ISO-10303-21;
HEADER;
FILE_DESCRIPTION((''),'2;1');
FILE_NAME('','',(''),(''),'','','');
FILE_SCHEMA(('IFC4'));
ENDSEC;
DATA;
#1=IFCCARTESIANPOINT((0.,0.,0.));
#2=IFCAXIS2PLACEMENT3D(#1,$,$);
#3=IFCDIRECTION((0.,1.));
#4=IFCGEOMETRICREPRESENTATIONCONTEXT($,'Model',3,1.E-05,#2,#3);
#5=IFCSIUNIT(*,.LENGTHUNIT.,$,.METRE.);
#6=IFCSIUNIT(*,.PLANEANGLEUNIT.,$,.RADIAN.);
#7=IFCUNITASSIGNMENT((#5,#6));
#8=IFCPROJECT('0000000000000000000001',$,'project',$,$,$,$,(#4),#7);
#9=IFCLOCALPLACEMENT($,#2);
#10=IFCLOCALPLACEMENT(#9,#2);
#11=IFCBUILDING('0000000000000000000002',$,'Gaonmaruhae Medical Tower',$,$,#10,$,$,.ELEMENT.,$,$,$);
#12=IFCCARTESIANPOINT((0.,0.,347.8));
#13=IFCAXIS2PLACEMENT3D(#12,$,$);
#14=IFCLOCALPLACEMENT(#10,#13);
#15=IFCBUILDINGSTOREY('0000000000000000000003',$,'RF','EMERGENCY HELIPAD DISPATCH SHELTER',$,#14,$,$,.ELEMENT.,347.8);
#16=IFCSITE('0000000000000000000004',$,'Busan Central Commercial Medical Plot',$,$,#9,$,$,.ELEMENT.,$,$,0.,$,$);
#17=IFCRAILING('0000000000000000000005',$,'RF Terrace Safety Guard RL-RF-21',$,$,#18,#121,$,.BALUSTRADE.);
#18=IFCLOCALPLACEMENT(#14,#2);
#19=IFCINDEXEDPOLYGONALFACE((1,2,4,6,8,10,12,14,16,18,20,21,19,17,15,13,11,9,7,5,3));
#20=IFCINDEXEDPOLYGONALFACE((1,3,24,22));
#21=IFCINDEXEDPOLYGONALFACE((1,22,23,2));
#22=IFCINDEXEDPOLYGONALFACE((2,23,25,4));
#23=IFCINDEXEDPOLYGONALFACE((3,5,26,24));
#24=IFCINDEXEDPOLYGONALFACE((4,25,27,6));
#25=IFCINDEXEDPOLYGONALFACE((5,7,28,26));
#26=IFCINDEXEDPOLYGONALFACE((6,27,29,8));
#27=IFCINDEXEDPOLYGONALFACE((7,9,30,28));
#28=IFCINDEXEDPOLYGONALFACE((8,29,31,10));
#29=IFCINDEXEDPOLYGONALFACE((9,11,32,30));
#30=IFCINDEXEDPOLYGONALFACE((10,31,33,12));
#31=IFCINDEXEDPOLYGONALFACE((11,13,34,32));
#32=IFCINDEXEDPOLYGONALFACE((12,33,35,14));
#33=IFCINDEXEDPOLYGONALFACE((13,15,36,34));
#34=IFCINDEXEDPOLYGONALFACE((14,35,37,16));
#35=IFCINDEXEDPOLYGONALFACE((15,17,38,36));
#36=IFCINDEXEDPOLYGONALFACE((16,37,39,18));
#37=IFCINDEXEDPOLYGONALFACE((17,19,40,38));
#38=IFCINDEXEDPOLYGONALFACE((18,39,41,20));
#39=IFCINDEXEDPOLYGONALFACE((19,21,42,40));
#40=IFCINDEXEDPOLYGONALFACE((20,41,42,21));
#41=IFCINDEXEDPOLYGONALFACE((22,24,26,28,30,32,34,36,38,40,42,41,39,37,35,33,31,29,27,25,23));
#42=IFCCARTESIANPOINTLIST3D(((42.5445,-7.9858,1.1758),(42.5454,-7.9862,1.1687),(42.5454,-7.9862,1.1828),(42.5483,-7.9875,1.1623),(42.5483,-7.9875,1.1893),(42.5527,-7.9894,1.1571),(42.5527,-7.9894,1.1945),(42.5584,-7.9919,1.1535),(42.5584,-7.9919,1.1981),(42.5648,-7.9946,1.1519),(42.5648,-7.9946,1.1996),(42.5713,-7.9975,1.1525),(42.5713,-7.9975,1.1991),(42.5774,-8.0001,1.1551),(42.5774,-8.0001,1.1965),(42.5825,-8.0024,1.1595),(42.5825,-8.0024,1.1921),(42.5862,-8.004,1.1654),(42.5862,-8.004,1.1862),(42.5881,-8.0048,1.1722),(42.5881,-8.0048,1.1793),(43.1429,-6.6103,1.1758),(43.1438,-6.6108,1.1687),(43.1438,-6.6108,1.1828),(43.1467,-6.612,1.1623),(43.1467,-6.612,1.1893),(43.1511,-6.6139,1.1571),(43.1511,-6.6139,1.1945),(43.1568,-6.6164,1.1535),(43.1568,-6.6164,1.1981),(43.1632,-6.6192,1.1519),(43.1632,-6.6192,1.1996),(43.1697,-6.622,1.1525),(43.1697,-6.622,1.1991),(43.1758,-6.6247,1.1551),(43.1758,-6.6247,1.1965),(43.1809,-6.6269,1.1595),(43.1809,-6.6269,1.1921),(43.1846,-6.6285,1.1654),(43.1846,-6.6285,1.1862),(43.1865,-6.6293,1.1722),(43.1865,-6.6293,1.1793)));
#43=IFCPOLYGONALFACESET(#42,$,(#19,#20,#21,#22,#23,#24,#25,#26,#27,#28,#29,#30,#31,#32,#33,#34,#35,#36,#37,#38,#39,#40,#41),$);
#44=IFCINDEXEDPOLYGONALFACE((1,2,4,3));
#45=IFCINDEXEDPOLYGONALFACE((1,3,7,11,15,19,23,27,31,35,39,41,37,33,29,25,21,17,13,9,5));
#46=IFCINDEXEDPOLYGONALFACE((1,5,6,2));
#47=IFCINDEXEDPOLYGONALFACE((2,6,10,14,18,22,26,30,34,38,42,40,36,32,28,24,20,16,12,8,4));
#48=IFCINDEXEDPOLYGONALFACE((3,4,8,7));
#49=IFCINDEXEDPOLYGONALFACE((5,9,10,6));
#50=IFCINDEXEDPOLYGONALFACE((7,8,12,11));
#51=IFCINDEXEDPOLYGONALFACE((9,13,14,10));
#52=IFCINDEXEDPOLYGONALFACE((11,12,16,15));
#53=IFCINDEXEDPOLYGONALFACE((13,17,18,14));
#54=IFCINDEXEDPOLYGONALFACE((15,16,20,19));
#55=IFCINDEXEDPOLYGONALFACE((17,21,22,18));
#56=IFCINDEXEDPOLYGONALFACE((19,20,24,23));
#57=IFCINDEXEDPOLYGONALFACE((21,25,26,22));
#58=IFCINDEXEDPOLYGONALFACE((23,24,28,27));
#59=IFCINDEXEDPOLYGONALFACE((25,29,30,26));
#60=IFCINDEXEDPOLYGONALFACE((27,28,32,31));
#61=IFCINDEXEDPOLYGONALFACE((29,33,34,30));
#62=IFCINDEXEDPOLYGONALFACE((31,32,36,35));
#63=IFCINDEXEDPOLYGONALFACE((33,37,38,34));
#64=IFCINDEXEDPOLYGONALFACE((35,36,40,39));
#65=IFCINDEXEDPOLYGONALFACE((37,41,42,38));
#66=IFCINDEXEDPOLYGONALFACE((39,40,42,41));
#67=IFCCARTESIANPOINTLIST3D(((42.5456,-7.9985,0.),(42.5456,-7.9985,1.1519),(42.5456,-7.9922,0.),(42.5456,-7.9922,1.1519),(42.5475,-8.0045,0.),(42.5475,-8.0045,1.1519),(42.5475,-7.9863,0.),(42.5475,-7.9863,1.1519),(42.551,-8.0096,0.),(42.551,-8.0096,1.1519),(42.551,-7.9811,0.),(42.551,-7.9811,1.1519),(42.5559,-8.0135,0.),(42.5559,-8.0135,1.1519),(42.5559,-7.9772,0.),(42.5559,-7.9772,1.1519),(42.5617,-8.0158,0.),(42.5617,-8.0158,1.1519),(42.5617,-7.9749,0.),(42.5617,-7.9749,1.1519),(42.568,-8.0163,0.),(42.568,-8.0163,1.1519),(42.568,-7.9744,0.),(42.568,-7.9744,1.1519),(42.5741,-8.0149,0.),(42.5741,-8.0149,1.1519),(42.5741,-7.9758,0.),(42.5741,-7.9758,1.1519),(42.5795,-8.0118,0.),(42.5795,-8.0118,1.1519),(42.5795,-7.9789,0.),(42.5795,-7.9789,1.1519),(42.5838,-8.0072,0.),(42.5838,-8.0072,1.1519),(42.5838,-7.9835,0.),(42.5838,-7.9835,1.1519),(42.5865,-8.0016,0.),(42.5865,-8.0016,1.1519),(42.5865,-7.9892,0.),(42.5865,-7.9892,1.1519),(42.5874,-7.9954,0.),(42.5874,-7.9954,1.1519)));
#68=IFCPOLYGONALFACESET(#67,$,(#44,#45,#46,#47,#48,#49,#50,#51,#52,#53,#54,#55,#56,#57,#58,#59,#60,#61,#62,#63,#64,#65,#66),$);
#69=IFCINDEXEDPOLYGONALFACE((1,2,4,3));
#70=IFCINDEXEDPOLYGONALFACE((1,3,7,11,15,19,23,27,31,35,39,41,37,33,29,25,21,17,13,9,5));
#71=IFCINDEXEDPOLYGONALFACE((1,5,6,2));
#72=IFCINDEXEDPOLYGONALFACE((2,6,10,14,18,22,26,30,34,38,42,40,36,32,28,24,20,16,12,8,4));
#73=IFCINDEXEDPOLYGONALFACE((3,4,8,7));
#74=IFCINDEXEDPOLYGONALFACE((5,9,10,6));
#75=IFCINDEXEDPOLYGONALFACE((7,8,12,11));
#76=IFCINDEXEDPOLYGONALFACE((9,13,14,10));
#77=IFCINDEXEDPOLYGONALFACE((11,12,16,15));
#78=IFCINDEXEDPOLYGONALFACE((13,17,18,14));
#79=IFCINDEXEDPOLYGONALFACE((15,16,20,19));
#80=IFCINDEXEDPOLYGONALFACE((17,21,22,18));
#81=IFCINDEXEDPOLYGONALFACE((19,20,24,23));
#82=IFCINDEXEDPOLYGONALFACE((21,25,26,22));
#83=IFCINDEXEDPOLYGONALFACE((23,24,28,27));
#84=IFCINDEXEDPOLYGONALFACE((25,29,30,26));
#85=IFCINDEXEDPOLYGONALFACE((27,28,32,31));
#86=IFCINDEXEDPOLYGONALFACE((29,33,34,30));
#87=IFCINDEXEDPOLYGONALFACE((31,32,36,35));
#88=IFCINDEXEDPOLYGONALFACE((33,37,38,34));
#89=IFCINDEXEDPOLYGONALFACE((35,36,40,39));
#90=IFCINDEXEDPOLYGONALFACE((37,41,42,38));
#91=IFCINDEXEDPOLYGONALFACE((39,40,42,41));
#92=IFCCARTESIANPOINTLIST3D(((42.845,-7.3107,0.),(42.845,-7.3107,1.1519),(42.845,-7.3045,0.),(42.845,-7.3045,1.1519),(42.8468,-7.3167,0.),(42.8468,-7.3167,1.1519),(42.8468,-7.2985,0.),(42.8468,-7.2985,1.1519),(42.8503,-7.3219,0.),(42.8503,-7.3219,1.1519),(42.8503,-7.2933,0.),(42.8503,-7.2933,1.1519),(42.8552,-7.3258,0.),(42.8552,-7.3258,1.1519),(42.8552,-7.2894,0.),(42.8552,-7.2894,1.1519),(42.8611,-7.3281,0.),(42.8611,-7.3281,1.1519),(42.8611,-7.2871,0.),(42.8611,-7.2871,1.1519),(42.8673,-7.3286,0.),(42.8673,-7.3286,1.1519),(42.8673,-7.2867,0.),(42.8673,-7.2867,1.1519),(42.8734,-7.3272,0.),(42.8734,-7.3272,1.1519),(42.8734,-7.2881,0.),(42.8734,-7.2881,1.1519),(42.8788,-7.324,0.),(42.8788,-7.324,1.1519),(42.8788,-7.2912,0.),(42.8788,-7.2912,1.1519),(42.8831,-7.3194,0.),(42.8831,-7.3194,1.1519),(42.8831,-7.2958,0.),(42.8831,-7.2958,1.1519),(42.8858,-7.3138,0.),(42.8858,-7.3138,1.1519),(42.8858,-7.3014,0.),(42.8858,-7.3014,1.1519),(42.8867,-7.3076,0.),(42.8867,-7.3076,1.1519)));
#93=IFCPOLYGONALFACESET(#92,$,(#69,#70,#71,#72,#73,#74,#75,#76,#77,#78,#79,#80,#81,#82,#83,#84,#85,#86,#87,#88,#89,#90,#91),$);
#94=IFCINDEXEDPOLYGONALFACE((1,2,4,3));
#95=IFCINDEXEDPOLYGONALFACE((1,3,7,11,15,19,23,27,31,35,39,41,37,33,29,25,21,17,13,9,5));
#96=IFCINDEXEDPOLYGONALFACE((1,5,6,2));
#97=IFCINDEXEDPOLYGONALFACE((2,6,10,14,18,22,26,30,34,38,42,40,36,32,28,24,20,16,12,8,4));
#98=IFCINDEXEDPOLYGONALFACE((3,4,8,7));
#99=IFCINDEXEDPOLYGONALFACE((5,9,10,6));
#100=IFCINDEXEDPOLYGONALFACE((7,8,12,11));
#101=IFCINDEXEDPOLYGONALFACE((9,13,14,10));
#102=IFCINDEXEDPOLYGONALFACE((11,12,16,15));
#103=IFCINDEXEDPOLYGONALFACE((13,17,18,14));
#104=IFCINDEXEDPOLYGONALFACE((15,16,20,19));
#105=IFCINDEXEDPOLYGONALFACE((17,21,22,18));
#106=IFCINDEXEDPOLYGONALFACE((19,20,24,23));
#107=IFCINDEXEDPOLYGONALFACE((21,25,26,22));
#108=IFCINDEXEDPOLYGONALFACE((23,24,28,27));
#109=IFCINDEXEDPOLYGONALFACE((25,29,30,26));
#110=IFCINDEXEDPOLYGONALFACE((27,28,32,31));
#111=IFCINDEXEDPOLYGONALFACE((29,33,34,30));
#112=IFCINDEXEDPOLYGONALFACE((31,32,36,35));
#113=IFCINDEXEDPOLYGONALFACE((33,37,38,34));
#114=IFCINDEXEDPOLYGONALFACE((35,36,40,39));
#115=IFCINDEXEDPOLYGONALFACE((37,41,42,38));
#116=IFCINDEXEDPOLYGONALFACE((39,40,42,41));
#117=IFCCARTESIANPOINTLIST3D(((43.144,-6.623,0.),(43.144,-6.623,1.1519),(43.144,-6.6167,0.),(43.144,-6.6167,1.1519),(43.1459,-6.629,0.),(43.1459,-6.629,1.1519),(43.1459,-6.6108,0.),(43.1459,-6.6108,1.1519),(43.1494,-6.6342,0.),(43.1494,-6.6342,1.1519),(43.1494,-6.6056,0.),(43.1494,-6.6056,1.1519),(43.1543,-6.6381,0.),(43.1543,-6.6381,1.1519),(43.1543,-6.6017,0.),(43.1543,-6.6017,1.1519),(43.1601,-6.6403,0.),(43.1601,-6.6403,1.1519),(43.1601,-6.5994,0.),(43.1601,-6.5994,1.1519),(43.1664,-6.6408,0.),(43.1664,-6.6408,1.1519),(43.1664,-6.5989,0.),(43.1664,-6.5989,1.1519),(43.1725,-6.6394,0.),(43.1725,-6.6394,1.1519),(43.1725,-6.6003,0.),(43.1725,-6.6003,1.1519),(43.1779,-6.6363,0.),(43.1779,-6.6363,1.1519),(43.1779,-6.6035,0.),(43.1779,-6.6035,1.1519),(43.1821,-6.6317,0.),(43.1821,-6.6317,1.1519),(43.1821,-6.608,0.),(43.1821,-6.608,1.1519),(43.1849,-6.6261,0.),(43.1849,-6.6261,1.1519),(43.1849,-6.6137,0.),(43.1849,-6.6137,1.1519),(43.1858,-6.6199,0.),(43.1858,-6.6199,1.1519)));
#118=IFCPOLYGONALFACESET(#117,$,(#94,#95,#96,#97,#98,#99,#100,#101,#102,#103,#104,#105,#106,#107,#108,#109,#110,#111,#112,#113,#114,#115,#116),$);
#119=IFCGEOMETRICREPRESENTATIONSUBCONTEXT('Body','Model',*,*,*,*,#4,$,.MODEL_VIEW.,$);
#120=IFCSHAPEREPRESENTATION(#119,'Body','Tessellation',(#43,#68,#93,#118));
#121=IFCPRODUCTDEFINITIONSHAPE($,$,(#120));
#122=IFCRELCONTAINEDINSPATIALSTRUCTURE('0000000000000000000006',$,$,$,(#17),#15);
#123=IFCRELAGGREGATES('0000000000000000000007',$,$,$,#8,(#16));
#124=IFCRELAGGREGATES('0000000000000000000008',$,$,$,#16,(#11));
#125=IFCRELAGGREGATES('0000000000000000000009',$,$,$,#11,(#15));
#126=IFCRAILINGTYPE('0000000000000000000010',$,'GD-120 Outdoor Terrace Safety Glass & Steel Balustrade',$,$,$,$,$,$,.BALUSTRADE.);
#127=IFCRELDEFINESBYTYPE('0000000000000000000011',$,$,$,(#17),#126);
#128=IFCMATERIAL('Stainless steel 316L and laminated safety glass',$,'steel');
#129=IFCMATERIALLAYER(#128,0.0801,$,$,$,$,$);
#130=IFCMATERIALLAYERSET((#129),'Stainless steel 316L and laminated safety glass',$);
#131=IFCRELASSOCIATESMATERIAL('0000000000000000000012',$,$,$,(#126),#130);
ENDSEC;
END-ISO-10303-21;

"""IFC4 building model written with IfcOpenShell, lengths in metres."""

from ifc_helpers import new_model, si_unit, direction, frame, origin, origin_2d, place, context, subcontext, project, spatial, circle, extrude, material, layer, layer_set, type_object, element, save


model = new_model("IFC4")

# Units and contexts
model_context = context("Model", 3, precision=1e-05, world=origin(), true_north=direction((0.0, 1.0)))
body_context = subcontext(model_context, "Body", "Model", "MODEL_VIEW")
ifc_project = project(units=[si_unit("LENGTHUNIT", "METRE"), si_unit("PLANEANGLEUNIT", "RADIAN")], contexts=[model_context])

# Site, building, storey
site_placement = place(None, origin())
site = spatial("IfcSite", under=ifc_project, at=site_placement, Name="Busan Central Commercial Medical Plot", CompositionType="ELEMENT", RefElevation=0.0)
building_placement = place(site_placement, origin())
building = spatial("IfcBuilding", under=site, at=building_placement, Name="Gaonmaruhae Medical Tower", CompositionType="ELEMENT")
storey_placement = place(building_placement, frame((0.0, 0.0, 347.8)))
storey = spatial("IfcBuildingStorey", under=building, at=storey_placement, Name="RF", Description="EMERGENCY HELIPAD DISPATCH SHELTER", CompositionType="ELEMENT", Elevation=347.8)

# Railing
ifc_material_1 = material(Name="Stainless steel 316L and laminated safety glass", Category="steel")
ifc_layer_1 = layer(ifc_material_1, 0.0801)
ifc_layer_set_1 = layer_set([ifc_layer_1], Name="Stainless steel 316L and laminated safety glass")
railing_type = type_object("IfcRailingType", Name="GD-120 Outdoor Terrace Safety Glass & Steel Balustrade", PredefinedType="BALUSTRADE", material=ifc_layer_set_1)
railing_1_placement = place(storey_placement, frame((42.5664, -7.9954, 0.0)))
element("IfcRailing", 1, at=railing_1_placement, inside=storey, type_object=railing_type, Name="RF Terrace Safety Guard RL-RF-21", PredefinedType="BALUSTRADE", context=body_context, shape_type="SweptSolid", body=[
    extrude(circle(Radius=0.0239, at=origin_2d()), frame((0.0, 0.0, 1.1758), z_axis=(0.398922, 0.916985, 0.0), x_axis=(-0.916985, 0.398922, 0.0)), (0.0, 0.0, 1.0), 1.5),
    extrude(circle(Radius=0.021, at=origin_2d()), origin(), (0.0, 0.0, 1.0), 1.1519),
    extrude(circle(Radius=0.021, at=origin_2d()), frame((0.2993, 0.6877, 0.0)), (0.0, 0.0, 1.0), 1.1519),
    extrude(circle(Radius=0.021, at=origin_2d()), frame((0.5984, 1.3755, 0.0)), (0.0, 0.0, 1.0), 1.1519),
])

save(model, "model.ifc")
